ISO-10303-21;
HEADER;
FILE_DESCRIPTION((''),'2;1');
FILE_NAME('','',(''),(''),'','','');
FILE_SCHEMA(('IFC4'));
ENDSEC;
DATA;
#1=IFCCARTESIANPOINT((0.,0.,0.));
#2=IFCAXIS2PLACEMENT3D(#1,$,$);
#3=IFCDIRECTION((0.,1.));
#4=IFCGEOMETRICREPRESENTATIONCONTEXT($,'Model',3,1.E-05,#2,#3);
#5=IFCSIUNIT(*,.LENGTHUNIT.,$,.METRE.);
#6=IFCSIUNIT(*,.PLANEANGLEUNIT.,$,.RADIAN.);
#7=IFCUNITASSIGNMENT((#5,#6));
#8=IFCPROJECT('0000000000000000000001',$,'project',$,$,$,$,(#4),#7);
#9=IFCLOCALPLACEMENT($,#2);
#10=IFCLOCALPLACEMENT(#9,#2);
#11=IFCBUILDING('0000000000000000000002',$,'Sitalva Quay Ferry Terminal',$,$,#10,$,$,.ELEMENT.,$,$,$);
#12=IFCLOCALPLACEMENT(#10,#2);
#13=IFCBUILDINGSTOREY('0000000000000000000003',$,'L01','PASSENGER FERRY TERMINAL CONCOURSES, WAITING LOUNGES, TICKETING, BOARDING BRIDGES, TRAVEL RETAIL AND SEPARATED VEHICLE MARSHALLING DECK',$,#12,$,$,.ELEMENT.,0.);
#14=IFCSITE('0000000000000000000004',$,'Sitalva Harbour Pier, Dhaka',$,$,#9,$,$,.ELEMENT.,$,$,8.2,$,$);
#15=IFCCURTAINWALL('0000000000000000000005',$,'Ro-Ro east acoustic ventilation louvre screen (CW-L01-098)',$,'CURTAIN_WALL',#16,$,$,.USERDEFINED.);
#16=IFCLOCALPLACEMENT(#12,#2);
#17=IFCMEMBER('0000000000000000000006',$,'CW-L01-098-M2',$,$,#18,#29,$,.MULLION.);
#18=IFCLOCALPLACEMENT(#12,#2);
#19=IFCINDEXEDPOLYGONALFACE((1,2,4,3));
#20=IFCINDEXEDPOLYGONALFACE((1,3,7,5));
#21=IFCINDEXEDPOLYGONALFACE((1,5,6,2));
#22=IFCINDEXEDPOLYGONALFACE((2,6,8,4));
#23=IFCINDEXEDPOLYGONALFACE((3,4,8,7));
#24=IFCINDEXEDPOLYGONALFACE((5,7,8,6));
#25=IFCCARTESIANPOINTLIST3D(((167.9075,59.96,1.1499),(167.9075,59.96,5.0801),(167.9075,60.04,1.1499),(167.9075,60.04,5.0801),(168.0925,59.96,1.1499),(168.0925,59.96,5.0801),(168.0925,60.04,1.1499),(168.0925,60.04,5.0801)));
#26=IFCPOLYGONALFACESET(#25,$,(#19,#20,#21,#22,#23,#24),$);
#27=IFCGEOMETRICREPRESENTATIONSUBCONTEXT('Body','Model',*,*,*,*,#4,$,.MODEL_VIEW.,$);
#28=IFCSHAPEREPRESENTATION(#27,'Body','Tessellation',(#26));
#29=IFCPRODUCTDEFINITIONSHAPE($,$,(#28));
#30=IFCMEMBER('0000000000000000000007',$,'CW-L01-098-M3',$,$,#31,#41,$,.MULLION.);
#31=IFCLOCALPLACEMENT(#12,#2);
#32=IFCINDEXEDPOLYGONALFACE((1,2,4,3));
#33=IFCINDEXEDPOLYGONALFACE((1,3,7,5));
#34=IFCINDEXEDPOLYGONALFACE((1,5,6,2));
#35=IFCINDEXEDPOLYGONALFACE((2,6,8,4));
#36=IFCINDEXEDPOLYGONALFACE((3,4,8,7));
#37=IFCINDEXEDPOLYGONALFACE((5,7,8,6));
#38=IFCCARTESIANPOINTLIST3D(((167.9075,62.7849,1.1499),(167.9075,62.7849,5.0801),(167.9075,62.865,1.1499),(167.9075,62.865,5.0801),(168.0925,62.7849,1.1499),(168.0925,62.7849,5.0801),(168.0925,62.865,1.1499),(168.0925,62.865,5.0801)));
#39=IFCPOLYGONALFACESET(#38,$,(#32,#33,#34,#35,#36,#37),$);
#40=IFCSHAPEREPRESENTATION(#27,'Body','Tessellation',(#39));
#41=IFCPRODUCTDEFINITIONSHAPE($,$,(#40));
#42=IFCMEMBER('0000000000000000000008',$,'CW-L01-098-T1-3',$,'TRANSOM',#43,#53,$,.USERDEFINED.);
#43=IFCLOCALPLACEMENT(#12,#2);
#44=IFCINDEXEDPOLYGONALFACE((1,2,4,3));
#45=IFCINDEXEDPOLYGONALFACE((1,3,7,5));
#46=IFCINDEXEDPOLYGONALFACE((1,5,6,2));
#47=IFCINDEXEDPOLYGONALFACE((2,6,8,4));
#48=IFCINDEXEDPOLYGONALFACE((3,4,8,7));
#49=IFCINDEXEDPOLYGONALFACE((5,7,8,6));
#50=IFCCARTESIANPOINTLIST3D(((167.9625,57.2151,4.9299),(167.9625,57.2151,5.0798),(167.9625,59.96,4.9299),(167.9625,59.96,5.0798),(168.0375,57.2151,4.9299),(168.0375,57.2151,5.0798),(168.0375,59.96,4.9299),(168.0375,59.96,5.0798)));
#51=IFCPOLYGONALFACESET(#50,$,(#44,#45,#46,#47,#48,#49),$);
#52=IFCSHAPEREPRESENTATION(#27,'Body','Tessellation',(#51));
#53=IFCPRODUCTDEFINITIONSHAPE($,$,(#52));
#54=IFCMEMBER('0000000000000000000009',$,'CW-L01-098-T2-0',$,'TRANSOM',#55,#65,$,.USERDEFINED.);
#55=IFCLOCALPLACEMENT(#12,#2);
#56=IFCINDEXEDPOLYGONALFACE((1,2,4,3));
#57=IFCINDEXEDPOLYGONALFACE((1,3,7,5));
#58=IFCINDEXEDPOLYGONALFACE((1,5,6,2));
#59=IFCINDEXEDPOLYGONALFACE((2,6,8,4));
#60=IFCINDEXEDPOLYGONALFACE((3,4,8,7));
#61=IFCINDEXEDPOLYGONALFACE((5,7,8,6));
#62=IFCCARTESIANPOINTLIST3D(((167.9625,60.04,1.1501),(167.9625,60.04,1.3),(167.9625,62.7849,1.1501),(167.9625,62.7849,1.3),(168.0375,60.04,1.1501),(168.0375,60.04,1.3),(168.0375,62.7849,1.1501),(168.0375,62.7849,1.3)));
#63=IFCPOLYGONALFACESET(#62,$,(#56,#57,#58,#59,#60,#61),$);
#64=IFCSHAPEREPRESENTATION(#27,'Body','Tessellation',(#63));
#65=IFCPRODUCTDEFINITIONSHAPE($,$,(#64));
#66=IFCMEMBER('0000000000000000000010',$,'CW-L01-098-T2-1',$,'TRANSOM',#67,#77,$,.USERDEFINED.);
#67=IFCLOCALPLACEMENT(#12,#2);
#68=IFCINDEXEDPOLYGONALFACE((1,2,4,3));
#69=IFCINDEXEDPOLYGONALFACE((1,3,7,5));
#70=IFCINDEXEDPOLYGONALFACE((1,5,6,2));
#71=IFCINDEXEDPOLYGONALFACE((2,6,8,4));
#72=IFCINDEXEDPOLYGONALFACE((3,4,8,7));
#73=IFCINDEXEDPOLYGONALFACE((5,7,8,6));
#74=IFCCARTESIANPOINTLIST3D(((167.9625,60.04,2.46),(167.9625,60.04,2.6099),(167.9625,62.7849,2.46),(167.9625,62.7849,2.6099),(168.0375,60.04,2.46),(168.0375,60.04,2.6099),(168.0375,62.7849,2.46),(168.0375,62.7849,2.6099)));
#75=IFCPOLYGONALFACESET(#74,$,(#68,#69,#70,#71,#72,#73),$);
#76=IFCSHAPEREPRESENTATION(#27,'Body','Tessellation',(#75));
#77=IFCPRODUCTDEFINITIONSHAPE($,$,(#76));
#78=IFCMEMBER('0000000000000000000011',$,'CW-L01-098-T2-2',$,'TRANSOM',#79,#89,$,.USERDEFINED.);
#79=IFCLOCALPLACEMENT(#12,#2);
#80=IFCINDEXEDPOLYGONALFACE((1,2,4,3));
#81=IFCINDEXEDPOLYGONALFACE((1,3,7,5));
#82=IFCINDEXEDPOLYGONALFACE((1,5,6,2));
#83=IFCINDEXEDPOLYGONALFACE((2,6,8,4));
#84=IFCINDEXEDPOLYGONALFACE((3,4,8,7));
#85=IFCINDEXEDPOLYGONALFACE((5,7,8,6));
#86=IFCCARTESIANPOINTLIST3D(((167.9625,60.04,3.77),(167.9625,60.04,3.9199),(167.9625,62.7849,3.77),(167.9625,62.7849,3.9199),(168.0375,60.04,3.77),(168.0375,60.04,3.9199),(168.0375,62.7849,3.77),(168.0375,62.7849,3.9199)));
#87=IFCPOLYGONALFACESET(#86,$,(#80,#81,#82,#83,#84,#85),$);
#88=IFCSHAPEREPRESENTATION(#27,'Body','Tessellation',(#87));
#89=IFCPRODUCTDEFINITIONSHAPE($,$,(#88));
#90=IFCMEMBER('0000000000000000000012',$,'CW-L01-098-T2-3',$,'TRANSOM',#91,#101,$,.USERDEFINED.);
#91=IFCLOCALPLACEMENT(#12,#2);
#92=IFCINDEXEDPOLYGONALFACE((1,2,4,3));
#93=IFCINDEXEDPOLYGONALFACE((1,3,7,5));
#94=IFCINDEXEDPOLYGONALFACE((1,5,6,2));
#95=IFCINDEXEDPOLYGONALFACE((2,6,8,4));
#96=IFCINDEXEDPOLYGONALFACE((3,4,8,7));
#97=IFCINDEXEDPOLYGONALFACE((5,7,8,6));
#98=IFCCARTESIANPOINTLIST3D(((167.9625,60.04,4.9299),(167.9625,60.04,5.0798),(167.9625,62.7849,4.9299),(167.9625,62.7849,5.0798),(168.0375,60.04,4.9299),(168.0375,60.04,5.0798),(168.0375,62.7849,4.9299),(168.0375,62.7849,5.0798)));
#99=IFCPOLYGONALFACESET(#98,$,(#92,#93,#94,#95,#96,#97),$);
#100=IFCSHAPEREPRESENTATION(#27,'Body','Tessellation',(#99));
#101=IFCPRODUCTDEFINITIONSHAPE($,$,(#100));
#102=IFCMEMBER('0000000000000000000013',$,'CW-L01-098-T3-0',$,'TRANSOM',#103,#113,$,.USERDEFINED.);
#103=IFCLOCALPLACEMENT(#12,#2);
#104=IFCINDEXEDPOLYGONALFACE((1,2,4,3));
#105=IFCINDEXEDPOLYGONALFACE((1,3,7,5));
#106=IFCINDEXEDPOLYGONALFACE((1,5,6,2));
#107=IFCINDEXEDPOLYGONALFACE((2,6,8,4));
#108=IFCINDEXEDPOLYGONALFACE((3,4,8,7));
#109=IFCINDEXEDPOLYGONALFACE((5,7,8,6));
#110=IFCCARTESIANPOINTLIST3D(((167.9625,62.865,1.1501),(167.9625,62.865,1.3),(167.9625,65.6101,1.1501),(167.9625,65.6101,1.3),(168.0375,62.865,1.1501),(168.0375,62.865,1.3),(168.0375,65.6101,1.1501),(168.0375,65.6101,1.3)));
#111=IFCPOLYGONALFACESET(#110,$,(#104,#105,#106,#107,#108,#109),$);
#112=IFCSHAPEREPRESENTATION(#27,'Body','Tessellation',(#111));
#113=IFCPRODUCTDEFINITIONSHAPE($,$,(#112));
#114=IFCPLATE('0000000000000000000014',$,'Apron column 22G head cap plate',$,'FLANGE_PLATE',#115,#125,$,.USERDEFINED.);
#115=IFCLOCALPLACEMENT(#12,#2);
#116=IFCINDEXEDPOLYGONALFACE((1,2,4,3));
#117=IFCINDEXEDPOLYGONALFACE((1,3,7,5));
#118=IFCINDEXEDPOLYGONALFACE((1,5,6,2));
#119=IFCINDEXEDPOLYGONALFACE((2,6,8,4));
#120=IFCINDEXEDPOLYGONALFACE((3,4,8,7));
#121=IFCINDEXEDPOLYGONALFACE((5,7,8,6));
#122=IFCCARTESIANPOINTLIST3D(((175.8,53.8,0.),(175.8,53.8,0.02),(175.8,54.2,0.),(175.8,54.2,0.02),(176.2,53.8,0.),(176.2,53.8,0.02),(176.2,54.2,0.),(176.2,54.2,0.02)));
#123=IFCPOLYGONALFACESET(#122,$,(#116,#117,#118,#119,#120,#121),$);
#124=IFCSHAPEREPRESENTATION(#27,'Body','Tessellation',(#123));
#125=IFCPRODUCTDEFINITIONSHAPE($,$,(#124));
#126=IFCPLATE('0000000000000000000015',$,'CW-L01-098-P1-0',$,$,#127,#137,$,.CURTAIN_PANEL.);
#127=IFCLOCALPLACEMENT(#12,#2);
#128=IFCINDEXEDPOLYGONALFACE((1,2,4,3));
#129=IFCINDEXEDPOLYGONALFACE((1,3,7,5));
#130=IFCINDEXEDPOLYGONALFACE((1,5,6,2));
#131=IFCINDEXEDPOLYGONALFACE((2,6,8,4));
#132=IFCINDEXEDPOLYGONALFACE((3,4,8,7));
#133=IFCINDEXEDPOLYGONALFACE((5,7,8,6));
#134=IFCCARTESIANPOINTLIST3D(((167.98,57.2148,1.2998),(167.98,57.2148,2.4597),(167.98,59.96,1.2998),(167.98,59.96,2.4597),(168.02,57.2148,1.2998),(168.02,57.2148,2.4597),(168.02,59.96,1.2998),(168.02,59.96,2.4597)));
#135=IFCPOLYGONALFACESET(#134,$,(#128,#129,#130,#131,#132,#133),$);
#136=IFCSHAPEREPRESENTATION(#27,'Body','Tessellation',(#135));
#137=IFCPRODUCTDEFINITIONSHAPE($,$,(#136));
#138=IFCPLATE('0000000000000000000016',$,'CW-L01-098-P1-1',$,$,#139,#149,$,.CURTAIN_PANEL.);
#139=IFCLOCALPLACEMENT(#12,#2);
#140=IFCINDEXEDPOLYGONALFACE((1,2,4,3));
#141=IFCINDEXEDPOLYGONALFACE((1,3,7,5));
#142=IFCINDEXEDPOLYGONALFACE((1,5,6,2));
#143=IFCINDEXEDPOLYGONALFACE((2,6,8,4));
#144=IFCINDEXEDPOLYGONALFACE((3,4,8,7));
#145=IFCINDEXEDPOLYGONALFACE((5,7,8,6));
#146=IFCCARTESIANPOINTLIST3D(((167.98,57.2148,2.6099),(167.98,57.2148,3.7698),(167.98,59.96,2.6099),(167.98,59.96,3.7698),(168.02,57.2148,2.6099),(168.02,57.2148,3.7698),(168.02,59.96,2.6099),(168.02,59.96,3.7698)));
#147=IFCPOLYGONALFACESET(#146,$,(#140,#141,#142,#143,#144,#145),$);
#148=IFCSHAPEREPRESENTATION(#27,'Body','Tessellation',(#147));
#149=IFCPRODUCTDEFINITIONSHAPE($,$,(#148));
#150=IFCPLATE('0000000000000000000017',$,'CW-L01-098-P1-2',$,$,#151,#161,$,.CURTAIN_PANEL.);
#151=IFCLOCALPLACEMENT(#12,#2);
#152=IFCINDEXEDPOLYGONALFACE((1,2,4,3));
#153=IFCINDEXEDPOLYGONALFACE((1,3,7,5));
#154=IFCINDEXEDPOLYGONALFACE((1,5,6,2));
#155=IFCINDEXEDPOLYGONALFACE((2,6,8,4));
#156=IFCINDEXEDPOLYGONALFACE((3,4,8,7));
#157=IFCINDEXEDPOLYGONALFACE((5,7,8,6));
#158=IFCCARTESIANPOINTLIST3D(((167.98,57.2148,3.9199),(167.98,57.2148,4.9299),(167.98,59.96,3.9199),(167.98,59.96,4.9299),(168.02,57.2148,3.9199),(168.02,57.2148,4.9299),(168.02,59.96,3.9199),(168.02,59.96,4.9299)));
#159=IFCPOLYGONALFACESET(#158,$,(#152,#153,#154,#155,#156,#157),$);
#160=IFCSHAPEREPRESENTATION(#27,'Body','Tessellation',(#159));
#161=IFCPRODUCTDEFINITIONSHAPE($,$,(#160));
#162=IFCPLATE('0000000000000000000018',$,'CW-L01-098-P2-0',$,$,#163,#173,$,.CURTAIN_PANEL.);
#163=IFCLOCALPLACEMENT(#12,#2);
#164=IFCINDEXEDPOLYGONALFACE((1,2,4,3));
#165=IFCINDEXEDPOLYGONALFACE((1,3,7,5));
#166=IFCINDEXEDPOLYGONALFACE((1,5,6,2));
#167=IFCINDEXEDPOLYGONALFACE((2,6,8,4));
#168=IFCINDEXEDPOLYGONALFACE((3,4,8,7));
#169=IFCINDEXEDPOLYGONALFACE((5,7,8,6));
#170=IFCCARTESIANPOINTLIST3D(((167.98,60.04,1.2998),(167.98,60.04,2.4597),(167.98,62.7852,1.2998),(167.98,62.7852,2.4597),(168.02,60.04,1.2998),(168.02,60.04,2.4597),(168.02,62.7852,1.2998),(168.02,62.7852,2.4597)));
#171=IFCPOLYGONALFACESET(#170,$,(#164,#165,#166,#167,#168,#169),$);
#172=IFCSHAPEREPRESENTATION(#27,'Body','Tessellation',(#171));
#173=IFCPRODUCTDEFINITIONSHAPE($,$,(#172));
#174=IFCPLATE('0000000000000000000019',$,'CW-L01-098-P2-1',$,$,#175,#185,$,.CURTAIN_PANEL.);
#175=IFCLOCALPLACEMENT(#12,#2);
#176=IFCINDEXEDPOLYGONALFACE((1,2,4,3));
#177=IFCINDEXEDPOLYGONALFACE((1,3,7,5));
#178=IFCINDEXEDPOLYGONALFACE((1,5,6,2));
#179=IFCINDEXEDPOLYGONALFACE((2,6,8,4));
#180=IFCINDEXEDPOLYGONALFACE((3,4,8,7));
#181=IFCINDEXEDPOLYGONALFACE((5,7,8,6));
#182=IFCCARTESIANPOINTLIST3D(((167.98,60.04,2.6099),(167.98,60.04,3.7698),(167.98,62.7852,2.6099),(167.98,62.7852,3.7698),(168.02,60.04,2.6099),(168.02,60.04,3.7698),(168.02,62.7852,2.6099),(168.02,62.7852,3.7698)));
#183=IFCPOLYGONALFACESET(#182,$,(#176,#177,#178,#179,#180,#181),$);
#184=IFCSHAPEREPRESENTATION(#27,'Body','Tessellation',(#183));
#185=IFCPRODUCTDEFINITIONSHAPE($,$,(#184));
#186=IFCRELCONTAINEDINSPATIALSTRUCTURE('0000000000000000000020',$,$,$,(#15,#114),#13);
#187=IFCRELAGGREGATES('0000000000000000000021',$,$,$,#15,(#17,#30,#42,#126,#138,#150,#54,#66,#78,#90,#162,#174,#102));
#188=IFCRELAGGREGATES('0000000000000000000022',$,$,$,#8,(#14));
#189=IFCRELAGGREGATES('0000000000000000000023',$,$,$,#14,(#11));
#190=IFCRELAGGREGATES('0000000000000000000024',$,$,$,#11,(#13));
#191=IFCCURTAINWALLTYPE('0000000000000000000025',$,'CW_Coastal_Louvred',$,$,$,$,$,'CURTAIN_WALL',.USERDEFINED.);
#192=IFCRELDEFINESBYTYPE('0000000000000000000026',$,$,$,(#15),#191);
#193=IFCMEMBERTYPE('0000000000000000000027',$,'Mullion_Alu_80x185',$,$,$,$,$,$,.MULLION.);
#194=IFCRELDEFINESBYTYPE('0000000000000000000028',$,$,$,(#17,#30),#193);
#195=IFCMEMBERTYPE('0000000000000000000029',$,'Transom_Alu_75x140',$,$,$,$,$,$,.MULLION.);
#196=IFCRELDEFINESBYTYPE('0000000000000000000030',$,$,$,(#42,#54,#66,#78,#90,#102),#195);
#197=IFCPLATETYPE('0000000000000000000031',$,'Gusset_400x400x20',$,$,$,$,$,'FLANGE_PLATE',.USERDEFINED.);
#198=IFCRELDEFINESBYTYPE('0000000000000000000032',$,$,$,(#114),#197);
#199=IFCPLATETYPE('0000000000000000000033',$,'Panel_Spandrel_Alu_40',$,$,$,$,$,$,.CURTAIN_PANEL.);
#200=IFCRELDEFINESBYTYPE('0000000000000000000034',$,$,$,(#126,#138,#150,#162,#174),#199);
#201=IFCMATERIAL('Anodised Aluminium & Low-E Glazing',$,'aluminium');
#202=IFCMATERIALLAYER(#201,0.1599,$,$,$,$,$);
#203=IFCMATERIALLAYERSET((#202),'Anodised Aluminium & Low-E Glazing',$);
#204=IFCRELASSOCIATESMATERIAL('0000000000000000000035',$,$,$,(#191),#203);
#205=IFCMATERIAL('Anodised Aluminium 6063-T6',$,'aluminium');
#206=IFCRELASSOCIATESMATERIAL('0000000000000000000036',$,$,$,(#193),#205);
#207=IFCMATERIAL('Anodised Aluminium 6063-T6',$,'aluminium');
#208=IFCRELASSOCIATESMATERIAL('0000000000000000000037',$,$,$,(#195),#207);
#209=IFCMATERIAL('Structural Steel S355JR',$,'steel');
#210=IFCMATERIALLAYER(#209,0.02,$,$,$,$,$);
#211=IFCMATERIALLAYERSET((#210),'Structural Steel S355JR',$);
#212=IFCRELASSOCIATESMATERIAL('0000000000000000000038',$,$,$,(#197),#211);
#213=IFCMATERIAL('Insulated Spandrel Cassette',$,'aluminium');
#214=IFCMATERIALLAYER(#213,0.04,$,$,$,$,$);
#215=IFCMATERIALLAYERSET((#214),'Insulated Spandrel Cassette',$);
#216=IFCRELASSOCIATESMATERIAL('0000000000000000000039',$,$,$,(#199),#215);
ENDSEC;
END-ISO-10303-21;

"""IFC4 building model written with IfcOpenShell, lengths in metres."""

from ifc_helpers import new_model, si_unit, direction, frame, origin, origin_2d, place, context, subcontext, project, spatial, rectangle, extrude, material, layer, layer_set, material_profile, profile_set, type_object, element, aggregate, save


model = new_model("IFC4")

# Units and contexts
model_context = context("Model", 3, precision=1e-05, world=origin(), true_north=direction((0.0, 1.0)))
body_context = subcontext(model_context, "Body", "Model", "MODEL_VIEW")
ifc_project = project(units=[si_unit("LENGTHUNIT", "METRE"), si_unit("PLANEANGLEUNIT", "RADIAN")], contexts=[model_context])

# Site, building, storey
site_placement = place(None, origin())
site = spatial("IfcSite", under=ifc_project, at=site_placement, Name="Sitalva Harbour Pier, Dhaka", CompositionType="ELEMENT", RefElevation=8.2)
building_placement = place(site_placement, origin())
building = spatial("IfcBuilding", under=site, at=building_placement, Name="Sitalva Quay Ferry Terminal", CompositionType="ELEMENT")
storey_placement = place(building_placement, origin())
storey = spatial("IfcBuildingStorey", under=building, at=storey_placement, Name="L01", Description="PASSENGER FERRY TERMINAL CONCOURSES, WAITING LOUNGES, TICKETING, BOARDING BRIDGES, TRAVEL RETAIL AND SEPARATED VEHICLE MARSHALLING DECK", CompositionType="ELEMENT", Elevation=0.0)

# Curtain wall, members
ifc_material_1 = material(Name="Anodised Aluminium & Low-E Glazing", Category="aluminium")
ifc_layer_1 = layer(ifc_material_1, 0.1599)
ifc_layer_set_1 = layer_set([ifc_layer_1], Name="Anodised Aluminium & Low-E Glazing")
curtain_wall_type = type_object("IfcCurtainWallType", Name="CW_Coastal_Louvred", ElementType="CURTAIN_WALL", PredefinedType="USERDEFINED", material=ifc_layer_set_1)
curtain_wall_placement = place(storey_placement, origin())
curtain_wall = element("IfcCurtainWall", 1, at=curtain_wall_placement, inside=storey, type_object=curtain_wall_type, Name="Ro-Ro east acoustic ventilation louvre screen (CW-L01-098)", ObjectType="CURTAIN_WALL", PredefinedType="USERDEFINED")
ifc_material_2 = material(Name="Anodised Aluminium 6063-T6", Category="aluminium")
ifc_material_profile_1 = material_profile(ifc_material_2, rectangle(XDim=0.0801, YDim=0.1851, at=origin_2d()), Name="ALU80x185")
ifc_profile_set_1 = profile_set([ifc_material_profile_1], Name="Anodised Aluminium 6063-T6")
member_type_1 = type_object("IfcMemberType", Name="Mullion_Alu_80x185", PredefinedType="MULLION", material=ifc_profile_set_1)
member_1_placement = place(storey_placement, frame((168.0, 60.0, 1.1499), z_axis=(0.0, 0.0, 1.0), x_axis=(0.0, 1.0, 0.0)))
member_1 = element("IfcMember", 2, at=member_1_placement, type_object=member_type_1, Name="CW-L01-098-M2", PredefinedType="MULLION", context=body_context, shape_type="SweptSolid", body=[
    extrude(rectangle(XDim=0.0801, YDim=0.1851, at=origin_2d()), origin(), (0.0, 0.0, 1.0), 3.9302),
])
member_2_placement = place(storey_placement, frame((168.0, 62.825, 1.1499), z_axis=(0.0, 0.0, 1.0), x_axis=(0.0, 1.0, 0.0)))
member_2 = element("IfcMember", 3, at=member_2_placement, type_object=member_type_1, Name="CW-L01-098-M3", PredefinedType="MULLION", context=body_context, shape_type="SweptSolid", body=[
    extrude(rectangle(XDim=0.0801, YDim=0.1851, at=origin_2d()), origin(), (0.0, 0.0, 1.0), 3.9302),
])
ifc_material_3 = material(Name="Anodised Aluminium 6063-T6", Category="aluminium")
ifc_material_profile_2 = material_profile(ifc_material_3, rectangle(XDim=0.075, YDim=0.1499, at=origin_2d()), Name="ALU75x150")
ifc_profile_set_2 = profile_set([ifc_material_profile_2], Name="Anodised Aluminium 6063-T6")
member_type_2 = type_object("IfcMemberType", Name="Transom_Alu_75x140", PredefinedType="MULLION", material=ifc_profile_set_2)
member_3_placement = place(storey_placement, frame((168.0, 57.2151, 5.0049), z_axis=(0.0, 1.0, 0.0), x_axis=(-1.0, 0.0, 0.0)))
member_3 = element("IfcMember", 4, at=member_3_placement, type_object=member_type_2, Name="CW-L01-098-T1-3", ObjectType="TRANSOM", PredefinedType="USERDEFINED", context=body_context, shape_type="SweptSolid", body=[
    extrude(rectangle(XDim=0.075, YDim=0.1499, at=origin_2d()), origin(), (0.0, 0.0, 1.0), 2.7449),
])
member_4_placement = place(storey_placement, frame((168.0, 60.04, 1.2251), z_axis=(0.0, 1.0, 0.0), x_axis=(-1.0, 0.0, 0.0)))
member_4 = element("IfcMember", 5, at=member_4_placement, type_object=member_type_2, Name="CW-L01-098-T2-0", ObjectType="TRANSOM", PredefinedType="USERDEFINED", context=body_context, shape_type="SweptSolid", body=[
    extrude(rectangle(XDim=0.075, YDim=0.1499, at=origin_2d()), origin(), (0.0, 0.0, 1.0), 2.7449),
])
member_5_placement = place(storey_placement, frame((168.0, 60.04, 2.5349), z_axis=(0.0, 1.0, 0.0), x_axis=(-1.0, 0.0, 0.0)))
member_5 = element("IfcMember", 6, at=member_5_placement, type_object=member_type_2, Name="CW-L01-098-T2-1", ObjectType="TRANSOM", PredefinedType="USERDEFINED", context=body_context, shape_type="SweptSolid", body=[
    extrude(rectangle(XDim=0.075, YDim=0.1499, at=origin_2d()), origin(), (0.0, 0.0, 1.0), 2.7449),
])
member_6_placement = place(storey_placement, frame((168.0, 60.04, 3.845), z_axis=(0.0, 1.0, 0.0), x_axis=(-1.0, 0.0, 0.0)))
member_6 = element("IfcMember", 7, at=member_6_placement, type_object=member_type_2, Name="CW-L01-098-T2-2", ObjectType="TRANSOM", PredefinedType="USERDEFINED", context=body_context, shape_type="SweptSolid", body=[
    extrude(rectangle(XDim=0.075, YDim=0.1499, at=origin_2d()), origin(), (0.0, 0.0, 1.0), 2.7449),
])
member_7_placement = place(storey_placement, frame((168.0, 60.04, 5.0049), z_axis=(0.0, 1.0, 0.0), x_axis=(-1.0, 0.0, 0.0)))
member_7 = element("IfcMember", 8, at=member_7_placement, type_object=member_type_2, Name="CW-L01-098-T2-3", ObjectType="TRANSOM", PredefinedType="USERDEFINED", context=body_context, shape_type="SweptSolid", body=[
    extrude(rectangle(XDim=0.075, YDim=0.1499, at=origin_2d()), origin(), (0.0, 0.0, 1.0), 2.7449),
])
member_8_placement = place(storey_placement, frame((168.0, 62.865, 1.2251), z_axis=(0.0, 1.0, 0.0), x_axis=(-1.0, 0.0, 0.0)))
member_8 = element("IfcMember", 9, at=member_8_placement, type_object=member_type_2, Name="CW-L01-098-T3-0", ObjectType="TRANSOM", PredefinedType="USERDEFINED", context=body_context, shape_type="SweptSolid", body=[
    extrude(rectangle(XDim=0.075, YDim=0.1499, at=origin_2d()), origin(), (0.0, 0.0, 1.0), 2.7451),
])

# Plates
ifc_material_4 = material(Name="Structural Steel S355JR", Category="steel")
ifc_layer_2 = layer(ifc_material_4, 0.02)
ifc_layer_set_2 = layer_set([ifc_layer_2], Name="Structural Steel S355JR")
plate_type_1 = type_object("IfcPlateType", Name="Gusset_400x400x20", ElementType="FLANGE_PLATE", PredefinedType="USERDEFINED", material=ifc_layer_set_2)
plate_1_placement = place(storey_placement, frame((176.0, 54.0, 0.0), z_axis=(0.0, 0.0, 1.0), x_axis=(1.0, 0.0, 0.0)))
element("IfcPlate", 10, at=plate_1_placement, inside=storey, type_object=plate_type_1, Name="Apron column 22G head cap plate", ObjectType="FLANGE_PLATE", PredefinedType="USERDEFINED", context=body_context, shape_type="SweptSolid", body=[
    extrude(rectangle(XDim=0.3999, YDim=0.3999, at=origin_2d()), origin(), (0.0, 0.0, 1.0), 0.02),
])
ifc_material_5 = material(Name="Insulated Spandrel Cassette", Category="aluminium")
ifc_layer_3 = layer(ifc_material_5, 0.04)
ifc_layer_set_3 = layer_set([ifc_layer_3], Name="Insulated Spandrel Cassette")
plate_type_2 = type_object("IfcPlateType", Name="Panel_Spandrel_Alu_40", PredefinedType="CURTAIN_PANEL", material=ifc_layer_set_3)
plate_2_placement = place(storey_placement, frame((168.0, 58.5874, 1.2998), z_axis=(0.0, 0.0, 1.0), x_axis=(0.0, 1.0, 0.0)))
plate_2 = element("IfcPlate", 11, at=plate_2_placement, type_object=plate_type_2, Name="CW-L01-098-P1-0", PredefinedType="CURTAIN_PANEL", context=body_context, shape_type="SweptSolid", body=[
    extrude(rectangle(XDim=2.7451, YDim=0.04, at=origin_2d()), origin(), (0.0, 0.0, 1.0), 1.1599),
])
plate_3_placement = place(storey_placement, frame((168.0, 58.5874, 2.6099), z_axis=(0.0, 0.0, 1.0), x_axis=(0.0, 1.0, 0.0)))
plate_3 = element("IfcPlate", 12, at=plate_3_placement, type_object=plate_type_2, Name="CW-L01-098-P1-1", PredefinedType="CURTAIN_PANEL", context=body_context, shape_type="SweptSolid", body=[
    extrude(rectangle(XDim=2.7451, YDim=0.04, at=origin_2d()), origin(), (0.0, 0.0, 1.0), 1.1599),
])
plate_4_placement = place(storey_placement, frame((168.0, 58.5874, 3.9199), z_axis=(0.0, 0.0, 1.0), x_axis=(0.0, 1.0, 0.0)))
plate_4 = element("IfcPlate", 13, at=plate_4_placement, type_object=plate_type_2, Name="CW-L01-098-P1-2", PredefinedType="CURTAIN_PANEL", context=body_context, shape_type="SweptSolid", body=[
    extrude(rectangle(XDim=2.7451, YDim=0.04, at=origin_2d()), origin(), (0.0, 0.0, 1.0), 1.01),
])
plate_5_placement = place(storey_placement, frame((168.0, 61.4126, 1.2998), z_axis=(0.0, 0.0, 1.0), x_axis=(0.0, 1.0, 0.0)))
plate_5 = element("IfcPlate", 14, at=plate_5_placement, type_object=plate_type_2, Name="CW-L01-098-P2-0", PredefinedType="CURTAIN_PANEL", context=body_context, shape_type="SweptSolid", body=[
    extrude(rectangle(XDim=2.7451, YDim=0.04, at=origin_2d()), origin(), (0.0, 0.0, 1.0), 1.1599),
])
plate_6_placement = place(storey_placement, frame((168.0, 61.4126, 2.6099), z_axis=(0.0, 0.0, 1.0), x_axis=(0.0, 1.0, 0.0)))
plate_6 = element("IfcPlate", 15, at=plate_6_placement, type_object=plate_type_2, Name="CW-L01-098-P2-1", PredefinedType="CURTAIN_PANEL", context=body_context, shape_type="SweptSolid", body=[
    extrude(rectangle(XDim=2.7451, YDim=0.04, at=origin_2d()), origin(), (0.0, 0.0, 1.0), 1.1599),
])
aggregate(curtain_wall, [member_1, member_2, member_3, plate_2, plate_3, plate_4, member_4, member_5, member_6, member_7, plate_5, plate_6, member_8])

save(model, "model.ifc")
